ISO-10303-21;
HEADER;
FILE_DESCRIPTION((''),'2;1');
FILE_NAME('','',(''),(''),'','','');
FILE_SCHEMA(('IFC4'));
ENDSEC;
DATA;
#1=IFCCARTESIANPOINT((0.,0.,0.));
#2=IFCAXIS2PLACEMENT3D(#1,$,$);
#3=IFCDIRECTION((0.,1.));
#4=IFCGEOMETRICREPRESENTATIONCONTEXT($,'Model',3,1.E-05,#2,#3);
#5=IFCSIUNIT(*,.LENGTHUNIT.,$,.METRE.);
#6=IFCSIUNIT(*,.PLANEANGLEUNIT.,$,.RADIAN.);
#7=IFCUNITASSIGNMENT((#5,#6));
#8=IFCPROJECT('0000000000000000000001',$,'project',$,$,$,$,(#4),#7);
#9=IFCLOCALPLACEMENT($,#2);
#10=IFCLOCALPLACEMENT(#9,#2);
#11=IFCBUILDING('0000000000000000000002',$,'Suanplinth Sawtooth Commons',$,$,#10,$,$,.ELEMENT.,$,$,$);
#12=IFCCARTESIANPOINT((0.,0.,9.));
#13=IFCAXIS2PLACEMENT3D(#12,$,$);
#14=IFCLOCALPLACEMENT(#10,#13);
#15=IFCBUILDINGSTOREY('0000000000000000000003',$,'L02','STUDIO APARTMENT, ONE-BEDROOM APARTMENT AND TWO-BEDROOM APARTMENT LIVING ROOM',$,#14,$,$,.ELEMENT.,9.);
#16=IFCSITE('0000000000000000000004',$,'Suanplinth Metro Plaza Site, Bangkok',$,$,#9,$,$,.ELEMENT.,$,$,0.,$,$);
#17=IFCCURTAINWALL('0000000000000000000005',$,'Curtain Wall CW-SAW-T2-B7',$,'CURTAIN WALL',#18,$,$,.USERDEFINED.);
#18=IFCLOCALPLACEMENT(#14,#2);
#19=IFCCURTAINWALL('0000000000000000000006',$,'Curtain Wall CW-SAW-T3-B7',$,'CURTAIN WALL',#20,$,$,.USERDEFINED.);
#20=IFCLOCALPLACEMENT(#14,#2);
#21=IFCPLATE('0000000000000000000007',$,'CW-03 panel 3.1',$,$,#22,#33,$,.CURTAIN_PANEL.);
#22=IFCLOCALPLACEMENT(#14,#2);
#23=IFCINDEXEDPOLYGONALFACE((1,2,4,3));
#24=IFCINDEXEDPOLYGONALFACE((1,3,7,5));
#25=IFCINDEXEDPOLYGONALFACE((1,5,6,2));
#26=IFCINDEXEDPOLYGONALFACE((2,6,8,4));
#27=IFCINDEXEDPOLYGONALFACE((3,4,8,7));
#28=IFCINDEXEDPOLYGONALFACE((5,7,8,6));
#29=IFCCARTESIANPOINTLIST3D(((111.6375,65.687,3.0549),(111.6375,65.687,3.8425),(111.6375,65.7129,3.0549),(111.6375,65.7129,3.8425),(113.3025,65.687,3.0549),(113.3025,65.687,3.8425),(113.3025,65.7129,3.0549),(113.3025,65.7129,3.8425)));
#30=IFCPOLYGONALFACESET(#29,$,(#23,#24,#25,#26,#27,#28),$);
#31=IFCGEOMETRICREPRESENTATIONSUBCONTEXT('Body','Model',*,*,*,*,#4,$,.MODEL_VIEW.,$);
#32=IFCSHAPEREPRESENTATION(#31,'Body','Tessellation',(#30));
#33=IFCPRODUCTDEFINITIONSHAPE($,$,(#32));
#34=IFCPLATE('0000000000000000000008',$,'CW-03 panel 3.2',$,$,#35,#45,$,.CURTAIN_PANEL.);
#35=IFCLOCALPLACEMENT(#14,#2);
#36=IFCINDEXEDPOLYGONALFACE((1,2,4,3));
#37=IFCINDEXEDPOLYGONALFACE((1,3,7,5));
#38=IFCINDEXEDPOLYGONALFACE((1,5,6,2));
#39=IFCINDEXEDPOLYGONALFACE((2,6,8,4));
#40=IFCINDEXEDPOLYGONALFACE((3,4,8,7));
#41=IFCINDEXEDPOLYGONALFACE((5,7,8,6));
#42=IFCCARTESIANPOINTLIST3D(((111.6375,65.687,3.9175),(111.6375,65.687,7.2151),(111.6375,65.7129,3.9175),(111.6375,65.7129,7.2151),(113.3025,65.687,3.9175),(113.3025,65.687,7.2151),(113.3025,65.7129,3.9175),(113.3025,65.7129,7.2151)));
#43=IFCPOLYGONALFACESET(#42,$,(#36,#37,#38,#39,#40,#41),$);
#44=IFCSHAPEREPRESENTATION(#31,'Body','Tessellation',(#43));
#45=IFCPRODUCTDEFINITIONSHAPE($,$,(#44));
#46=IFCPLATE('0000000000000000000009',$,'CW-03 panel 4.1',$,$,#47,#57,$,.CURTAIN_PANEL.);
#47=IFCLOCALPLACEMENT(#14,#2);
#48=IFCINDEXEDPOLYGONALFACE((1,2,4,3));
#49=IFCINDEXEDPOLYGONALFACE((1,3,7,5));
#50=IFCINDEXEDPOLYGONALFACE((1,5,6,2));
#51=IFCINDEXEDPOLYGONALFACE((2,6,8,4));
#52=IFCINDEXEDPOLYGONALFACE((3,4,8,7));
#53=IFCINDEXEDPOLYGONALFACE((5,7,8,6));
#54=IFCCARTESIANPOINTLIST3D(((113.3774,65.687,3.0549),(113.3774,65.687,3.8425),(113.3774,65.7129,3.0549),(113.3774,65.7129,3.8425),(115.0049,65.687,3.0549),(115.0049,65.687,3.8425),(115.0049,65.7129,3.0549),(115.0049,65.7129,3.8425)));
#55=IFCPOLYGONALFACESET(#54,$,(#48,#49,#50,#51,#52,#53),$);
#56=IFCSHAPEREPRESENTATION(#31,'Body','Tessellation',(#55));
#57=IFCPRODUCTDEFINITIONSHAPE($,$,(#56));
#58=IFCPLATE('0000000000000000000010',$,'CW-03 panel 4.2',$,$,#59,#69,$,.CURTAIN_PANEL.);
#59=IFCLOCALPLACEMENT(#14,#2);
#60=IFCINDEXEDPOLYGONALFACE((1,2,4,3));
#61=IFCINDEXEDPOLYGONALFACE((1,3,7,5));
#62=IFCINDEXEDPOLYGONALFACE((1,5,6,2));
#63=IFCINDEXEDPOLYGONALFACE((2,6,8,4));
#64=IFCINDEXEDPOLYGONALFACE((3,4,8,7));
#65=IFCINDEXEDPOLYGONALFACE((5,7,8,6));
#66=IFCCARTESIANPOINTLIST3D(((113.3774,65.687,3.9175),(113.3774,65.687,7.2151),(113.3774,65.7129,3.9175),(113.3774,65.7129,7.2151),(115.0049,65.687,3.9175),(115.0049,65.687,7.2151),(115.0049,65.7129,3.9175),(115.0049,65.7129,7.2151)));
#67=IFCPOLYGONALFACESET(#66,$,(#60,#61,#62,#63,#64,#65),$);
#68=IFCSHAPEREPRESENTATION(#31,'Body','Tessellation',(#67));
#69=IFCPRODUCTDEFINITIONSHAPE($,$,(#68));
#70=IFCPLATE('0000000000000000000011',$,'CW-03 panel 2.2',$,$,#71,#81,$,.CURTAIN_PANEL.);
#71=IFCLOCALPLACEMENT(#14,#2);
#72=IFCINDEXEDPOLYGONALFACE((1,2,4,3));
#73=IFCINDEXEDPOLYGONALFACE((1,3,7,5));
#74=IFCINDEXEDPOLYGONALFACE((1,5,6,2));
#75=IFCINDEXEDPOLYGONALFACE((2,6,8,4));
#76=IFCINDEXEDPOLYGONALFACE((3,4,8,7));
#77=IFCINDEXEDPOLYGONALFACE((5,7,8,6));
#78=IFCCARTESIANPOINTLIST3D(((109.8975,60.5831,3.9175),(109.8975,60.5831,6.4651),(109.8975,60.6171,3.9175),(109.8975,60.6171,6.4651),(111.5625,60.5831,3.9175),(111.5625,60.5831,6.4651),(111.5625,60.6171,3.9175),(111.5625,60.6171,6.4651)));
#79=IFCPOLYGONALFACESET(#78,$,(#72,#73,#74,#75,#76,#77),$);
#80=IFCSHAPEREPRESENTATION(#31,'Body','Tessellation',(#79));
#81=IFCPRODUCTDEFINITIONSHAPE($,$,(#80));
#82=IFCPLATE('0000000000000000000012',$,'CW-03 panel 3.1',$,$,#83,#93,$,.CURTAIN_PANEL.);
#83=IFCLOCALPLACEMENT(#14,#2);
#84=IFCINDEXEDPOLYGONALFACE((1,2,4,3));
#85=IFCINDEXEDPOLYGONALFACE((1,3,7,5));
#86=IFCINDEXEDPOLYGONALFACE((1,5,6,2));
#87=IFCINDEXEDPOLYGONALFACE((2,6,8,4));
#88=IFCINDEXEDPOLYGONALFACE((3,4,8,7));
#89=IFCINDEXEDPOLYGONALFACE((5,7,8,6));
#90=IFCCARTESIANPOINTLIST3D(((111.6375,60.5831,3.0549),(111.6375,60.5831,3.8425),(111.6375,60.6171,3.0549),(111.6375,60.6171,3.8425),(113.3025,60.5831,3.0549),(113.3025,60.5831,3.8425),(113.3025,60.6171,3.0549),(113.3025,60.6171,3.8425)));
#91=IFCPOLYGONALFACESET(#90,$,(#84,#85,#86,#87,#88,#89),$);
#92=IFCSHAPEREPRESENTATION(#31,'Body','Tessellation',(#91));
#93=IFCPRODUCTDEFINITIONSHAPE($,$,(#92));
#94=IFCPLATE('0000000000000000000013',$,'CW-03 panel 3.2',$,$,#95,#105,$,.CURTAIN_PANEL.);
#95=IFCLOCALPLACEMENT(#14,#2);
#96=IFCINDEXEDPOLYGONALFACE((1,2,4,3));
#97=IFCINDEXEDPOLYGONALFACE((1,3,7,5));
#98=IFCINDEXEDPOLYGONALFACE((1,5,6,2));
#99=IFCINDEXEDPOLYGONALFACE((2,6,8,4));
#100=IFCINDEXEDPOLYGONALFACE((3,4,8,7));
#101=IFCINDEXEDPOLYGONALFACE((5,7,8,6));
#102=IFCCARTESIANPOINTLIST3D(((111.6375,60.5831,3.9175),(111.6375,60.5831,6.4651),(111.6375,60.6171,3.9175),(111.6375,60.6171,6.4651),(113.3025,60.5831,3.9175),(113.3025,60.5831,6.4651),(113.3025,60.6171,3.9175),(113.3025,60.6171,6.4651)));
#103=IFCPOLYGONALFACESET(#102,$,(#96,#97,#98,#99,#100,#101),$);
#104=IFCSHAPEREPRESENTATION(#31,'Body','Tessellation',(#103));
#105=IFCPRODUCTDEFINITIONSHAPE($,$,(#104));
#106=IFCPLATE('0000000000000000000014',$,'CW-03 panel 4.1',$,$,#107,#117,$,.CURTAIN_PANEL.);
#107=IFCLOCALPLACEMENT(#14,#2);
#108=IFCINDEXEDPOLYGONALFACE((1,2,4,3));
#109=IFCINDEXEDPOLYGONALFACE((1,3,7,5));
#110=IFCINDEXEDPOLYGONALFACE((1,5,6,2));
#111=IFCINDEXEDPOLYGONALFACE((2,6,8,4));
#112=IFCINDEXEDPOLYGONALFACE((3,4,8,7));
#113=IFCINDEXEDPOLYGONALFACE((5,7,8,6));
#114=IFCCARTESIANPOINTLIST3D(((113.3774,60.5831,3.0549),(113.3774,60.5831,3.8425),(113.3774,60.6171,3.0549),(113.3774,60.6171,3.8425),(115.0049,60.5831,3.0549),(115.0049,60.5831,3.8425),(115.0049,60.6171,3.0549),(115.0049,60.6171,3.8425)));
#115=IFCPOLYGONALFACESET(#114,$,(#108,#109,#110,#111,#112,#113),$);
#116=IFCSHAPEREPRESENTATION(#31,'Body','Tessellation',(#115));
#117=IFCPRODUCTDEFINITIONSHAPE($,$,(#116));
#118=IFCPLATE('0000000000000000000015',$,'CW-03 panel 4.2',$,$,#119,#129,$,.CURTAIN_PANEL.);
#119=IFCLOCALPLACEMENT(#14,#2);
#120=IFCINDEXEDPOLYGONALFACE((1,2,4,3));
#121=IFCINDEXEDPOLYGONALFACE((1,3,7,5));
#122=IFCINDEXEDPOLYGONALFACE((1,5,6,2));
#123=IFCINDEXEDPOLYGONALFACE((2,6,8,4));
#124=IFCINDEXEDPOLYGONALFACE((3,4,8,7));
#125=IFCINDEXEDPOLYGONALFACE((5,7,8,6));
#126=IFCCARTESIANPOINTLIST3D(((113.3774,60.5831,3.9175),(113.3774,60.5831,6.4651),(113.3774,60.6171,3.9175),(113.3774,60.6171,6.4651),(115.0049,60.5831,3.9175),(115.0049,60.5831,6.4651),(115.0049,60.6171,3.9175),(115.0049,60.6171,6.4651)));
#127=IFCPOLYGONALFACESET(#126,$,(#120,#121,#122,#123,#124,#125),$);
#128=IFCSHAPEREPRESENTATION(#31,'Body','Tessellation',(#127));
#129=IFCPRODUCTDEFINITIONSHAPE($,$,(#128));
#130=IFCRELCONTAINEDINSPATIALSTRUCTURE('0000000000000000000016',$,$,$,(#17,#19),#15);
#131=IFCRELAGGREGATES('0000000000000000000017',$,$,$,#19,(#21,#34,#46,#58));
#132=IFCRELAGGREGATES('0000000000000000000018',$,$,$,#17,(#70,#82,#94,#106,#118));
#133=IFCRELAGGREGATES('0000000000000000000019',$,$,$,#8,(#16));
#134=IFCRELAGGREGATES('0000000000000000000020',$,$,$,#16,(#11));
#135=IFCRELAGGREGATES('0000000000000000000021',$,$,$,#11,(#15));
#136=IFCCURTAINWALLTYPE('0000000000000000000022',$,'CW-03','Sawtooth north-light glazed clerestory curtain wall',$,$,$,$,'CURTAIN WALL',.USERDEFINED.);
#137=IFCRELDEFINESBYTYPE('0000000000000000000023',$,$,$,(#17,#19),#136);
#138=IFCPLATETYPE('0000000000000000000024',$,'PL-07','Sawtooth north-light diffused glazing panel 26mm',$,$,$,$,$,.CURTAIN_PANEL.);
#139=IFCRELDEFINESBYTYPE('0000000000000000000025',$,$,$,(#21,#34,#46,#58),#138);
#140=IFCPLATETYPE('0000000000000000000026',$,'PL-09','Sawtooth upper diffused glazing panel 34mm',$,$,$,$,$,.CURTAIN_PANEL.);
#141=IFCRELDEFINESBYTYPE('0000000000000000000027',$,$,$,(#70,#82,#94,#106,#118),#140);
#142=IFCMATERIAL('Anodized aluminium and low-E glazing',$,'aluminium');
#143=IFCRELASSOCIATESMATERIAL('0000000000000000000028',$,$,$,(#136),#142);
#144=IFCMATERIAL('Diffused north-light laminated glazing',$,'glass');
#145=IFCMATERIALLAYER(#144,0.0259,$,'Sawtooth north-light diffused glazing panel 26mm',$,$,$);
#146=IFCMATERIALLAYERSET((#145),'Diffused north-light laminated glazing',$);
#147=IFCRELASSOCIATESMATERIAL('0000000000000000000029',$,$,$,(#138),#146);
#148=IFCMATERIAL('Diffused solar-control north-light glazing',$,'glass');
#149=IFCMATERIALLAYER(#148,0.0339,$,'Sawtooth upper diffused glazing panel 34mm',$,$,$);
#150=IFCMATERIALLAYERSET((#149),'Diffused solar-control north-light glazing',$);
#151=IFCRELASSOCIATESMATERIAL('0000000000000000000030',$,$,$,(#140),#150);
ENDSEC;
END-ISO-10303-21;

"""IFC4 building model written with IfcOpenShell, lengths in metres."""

from ifc_helpers import new_model, si_unit, direction, frame, origin, origin_2d, place, context, subcontext, project, spatial, rectangle, extrude, material, layer, layer_set, type_object, element, aggregate, save


model = new_model("IFC4")

# Units and contexts
model_context = context("Model", 3, precision=1e-05, world=origin(), true_north=direction((0.0, 1.0)))
body_context = subcontext(model_context, "Body", "Model", "MODEL_VIEW")
ifc_project = project(units=[si_unit("LENGTHUNIT", "METRE"), si_unit("PLANEANGLEUNIT", "RADIAN")], contexts=[model_context])

# Site, building, storey
site_placement = place(None, origin())
site = spatial("IfcSite", under=ifc_project, at=site_placement, Name="Suanplinth Metro Plaza Site, Bangkok", CompositionType="ELEMENT", RefElevation=0.0)
building_placement = place(site_placement, origin())
building = spatial("IfcBuilding", under=site, at=building_placement, Name="Suanplinth Sawtooth Commons", CompositionType="ELEMENT")
storey_placement = place(building_placement, frame((0.0, 0.0, 9.0)))
storey = spatial("IfcBuildingStorey", under=building, at=storey_placement, Name="L02", Description="STUDIO APARTMENT, ONE-BEDROOM APARTMENT AND TWO-BEDROOM APARTMENT LIVING ROOM", CompositionType="ELEMENT", Elevation=9.0)

# Curtain walls
ifc_material_1 = material(Name="Anodized aluminium and low-E glazing", Category="aluminium")
curtain_wall_type = type_object("IfcCurtainWallType", Name="CW-03", Description="Sawtooth north-light glazed clerestory curtain wall", ElementType="CURTAIN WALL", PredefinedType="USERDEFINED", material=ifc_material_1)
curtain_wall_1_placement = place(storey_placement, origin())
curtain_wall_1 = element("IfcCurtainWall", 1, at=curtain_wall_1_placement, inside=storey, type_object=curtain_wall_type, Name="Curtain Wall CW-SAW-T2-B7", ObjectType="CURTAIN WALL", PredefinedType="USERDEFINED")
curtain_wall_2_placement = place(storey_placement, origin())
curtain_wall_2 = element("IfcCurtainWall", 2, at=curtain_wall_2_placement, inside=storey, type_object=curtain_wall_type, Name="Curtain Wall CW-SAW-T3-B7", ObjectType="CURTAIN WALL", PredefinedType="USERDEFINED")

# Plates
ifc_material_2 = material(Name="Diffused north-light laminated glazing", Category="glass")
ifc_layer_1 = layer(ifc_material_2, 0.0259, Name="Sawtooth north-light diffused glazing panel 26mm")
ifc_layer_set_1 = layer_set([ifc_layer_1], Name="Diffused north-light laminated glazing")
plate_type_1 = type_object("IfcPlateType", Name="PL-07", Description="Sawtooth north-light diffused glazing panel 26mm", PredefinedType="CURTAIN_PANEL", material=ifc_layer_set_1)
plate_1_placement = place(storey_placement, frame((112.47, 65.7, 3.0549), z_axis=(0.0, 0.0, 1.0), x_axis=(1.0, 0.0, 0.0)))
plate_1 = element("IfcPlate", 3, at=plate_1_placement, type_object=plate_type_1, Name="CW-03 panel 3.1", PredefinedType="CURTAIN_PANEL", context=body_context, shape_type="SweptSolid", body=[
    extrude(rectangle(XDim=1.665, YDim=0.0259, at=origin_2d()), origin(), (0.0, 0.0, 1.0), 0.7876),
])
plate_2_placement = place(storey_placement, frame((112.47, 65.7, 3.9175), z_axis=(0.0, 0.0, 1.0), x_axis=(1.0, 0.0, 0.0)))
plate_2 = element("IfcPlate", 4, at=plate_2_placement, type_object=plate_type_1, Name="CW-03 panel 3.2", PredefinedType="CURTAIN_PANEL", context=body_context, shape_type="SweptSolid", body=[
    extrude(rectangle(XDim=1.665, YDim=0.0259, at=origin_2d()), origin(), (0.0, 0.0, 1.0), 3.2976),
])
plate_3_placement = place(storey_placement, frame((114.1912, 65.7, 3.0549), z_axis=(0.0, 0.0, 1.0), x_axis=(1.0, 0.0, 0.0)))
plate_3 = element("IfcPlate", 5, at=plate_3_placement, type_object=plate_type_1, Name="CW-03 panel 4.1", PredefinedType="CURTAIN_PANEL", context=body_context, shape_type="SweptSolid", body=[
    extrude(rectangle(XDim=1.6274, YDim=0.0259, at=origin_2d()), origin(), (0.0, 0.0, 1.0), 0.7876),
])
plate_4_placement = place(storey_placement, frame((114.1912, 65.7, 3.9175), z_axis=(0.0, 0.0, 1.0), x_axis=(1.0, 0.0, 0.0)))
plate_4 = element("IfcPlate", 6, at=plate_4_placement, type_object=plate_type_1, Name="CW-03 panel 4.2", PredefinedType="CURTAIN_PANEL", context=body_context, shape_type="SweptSolid", body=[
    extrude(rectangle(XDim=1.6274, YDim=0.0259, at=origin_2d()), origin(), (0.0, 0.0, 1.0), 3.2976),
])
aggregate(curtain_wall_2, [plate_1, plate_2, plate_3, plate_4])
ifc_material_3 = material(Name="Diffused solar-control north-light glazing", Category="glass")
ifc_layer_2 = layer(ifc_material_3, 0.0339, Name="Sawtooth upper diffused glazing panel 34mm")
ifc_layer_set_2 = layer_set([ifc_layer_2], Name="Diffused solar-control north-light glazing")
plate_type_2 = type_object("IfcPlateType", Name="PL-09", Description="Sawtooth upper diffused glazing panel 34mm", PredefinedType="CURTAIN_PANEL", material=ifc_layer_set_2)
plate_5_placement = place(storey_placement, frame((110.73, 60.6001, 3.9175), z_axis=(0.0, 0.0, 1.0), x_axis=(1.0, 0.0, 0.0)))
plate_5 = element("IfcPlate", 7, at=plate_5_placement, type_object=plate_type_2, Name="CW-03 panel 2.2", PredefinedType="CURTAIN_PANEL", context=body_context, shape_type="SweptSolid", body=[
    extrude(rectangle(XDim=1.665, YDim=0.0339, at=origin_2d()), origin(), (0.0, 0.0, 1.0), 2.5476),
])
plate_6_placement = place(storey_placement, frame((112.47, 60.6001, 3.0549), z_axis=(0.0, 0.0, 1.0), x_axis=(1.0, 0.0, 0.0)))
plate_6 = element("IfcPlate", 8, at=plate_6_placement, type_object=plate_type_2, Name="CW-03 panel 3.1", PredefinedType="CURTAIN_PANEL", context=body_context, shape_type="SweptSolid", body=[
    extrude(rectangle(XDim=1.665, YDim=0.0339, at=origin_2d()), origin(), (0.0, 0.0, 1.0), 0.7876),
])
plate_7_placement = place(storey_placement, frame((112.47, 60.6001, 3.9175), z_axis=(0.0, 0.0, 1.0), x_axis=(1.0, 0.0, 0.0)))
plate_7 = element("IfcPlate", 9, at=plate_7_placement, type_object=plate_type_2, Name="CW-03 panel 3.2", PredefinedType="CURTAIN_PANEL", context=body_context, shape_type="SweptSolid", body=[
    extrude(rectangle(XDim=1.665, YDim=0.0339, at=origin_2d()), origin(), (0.0, 0.0, 1.0), 2.5476),
])
plate_8_placement = place(storey_placement, frame((114.1912, 60.6001, 3.0549), z_axis=(0.0, 0.0, 1.0), x_axis=(1.0, 0.0, 0.0)))
plate_8 = element("IfcPlate", 10, at=plate_8_placement, type_object=plate_type_2, Name="CW-03 panel 4.1", PredefinedType="CURTAIN_PANEL", context=body_context, shape_type="SweptSolid", body=[
    extrude(rectangle(XDim=1.6274, YDim=0.0339, at=origin_2d()), origin(), (0.0, 0.0, 1.0), 0.7876),
])
plate_9_placement = place(storey_placement, frame((114.1912, 60.6001, 3.9175), z_axis=(0.0, 0.0, 1.0), x_axis=(1.0, 0.0, 0.0)))
plate_9 = element("IfcPlate", 11, at=plate_9_placement, type_object=plate_type_2, Name="CW-03 panel 4.2", PredefinedType="CURTAIN_PANEL", context=body_context, shape_type="SweptSolid", body=[
    extrude(rectangle(XDim=1.6274, YDim=0.0339, at=origin_2d()), origin(), (0.0, 0.0, 1.0), 2.5476),
])
aggregate(curtain_wall_1, [plate_5, plate_6, plate_7, plate_8, plate_9])

save(model, "model.ifc")
